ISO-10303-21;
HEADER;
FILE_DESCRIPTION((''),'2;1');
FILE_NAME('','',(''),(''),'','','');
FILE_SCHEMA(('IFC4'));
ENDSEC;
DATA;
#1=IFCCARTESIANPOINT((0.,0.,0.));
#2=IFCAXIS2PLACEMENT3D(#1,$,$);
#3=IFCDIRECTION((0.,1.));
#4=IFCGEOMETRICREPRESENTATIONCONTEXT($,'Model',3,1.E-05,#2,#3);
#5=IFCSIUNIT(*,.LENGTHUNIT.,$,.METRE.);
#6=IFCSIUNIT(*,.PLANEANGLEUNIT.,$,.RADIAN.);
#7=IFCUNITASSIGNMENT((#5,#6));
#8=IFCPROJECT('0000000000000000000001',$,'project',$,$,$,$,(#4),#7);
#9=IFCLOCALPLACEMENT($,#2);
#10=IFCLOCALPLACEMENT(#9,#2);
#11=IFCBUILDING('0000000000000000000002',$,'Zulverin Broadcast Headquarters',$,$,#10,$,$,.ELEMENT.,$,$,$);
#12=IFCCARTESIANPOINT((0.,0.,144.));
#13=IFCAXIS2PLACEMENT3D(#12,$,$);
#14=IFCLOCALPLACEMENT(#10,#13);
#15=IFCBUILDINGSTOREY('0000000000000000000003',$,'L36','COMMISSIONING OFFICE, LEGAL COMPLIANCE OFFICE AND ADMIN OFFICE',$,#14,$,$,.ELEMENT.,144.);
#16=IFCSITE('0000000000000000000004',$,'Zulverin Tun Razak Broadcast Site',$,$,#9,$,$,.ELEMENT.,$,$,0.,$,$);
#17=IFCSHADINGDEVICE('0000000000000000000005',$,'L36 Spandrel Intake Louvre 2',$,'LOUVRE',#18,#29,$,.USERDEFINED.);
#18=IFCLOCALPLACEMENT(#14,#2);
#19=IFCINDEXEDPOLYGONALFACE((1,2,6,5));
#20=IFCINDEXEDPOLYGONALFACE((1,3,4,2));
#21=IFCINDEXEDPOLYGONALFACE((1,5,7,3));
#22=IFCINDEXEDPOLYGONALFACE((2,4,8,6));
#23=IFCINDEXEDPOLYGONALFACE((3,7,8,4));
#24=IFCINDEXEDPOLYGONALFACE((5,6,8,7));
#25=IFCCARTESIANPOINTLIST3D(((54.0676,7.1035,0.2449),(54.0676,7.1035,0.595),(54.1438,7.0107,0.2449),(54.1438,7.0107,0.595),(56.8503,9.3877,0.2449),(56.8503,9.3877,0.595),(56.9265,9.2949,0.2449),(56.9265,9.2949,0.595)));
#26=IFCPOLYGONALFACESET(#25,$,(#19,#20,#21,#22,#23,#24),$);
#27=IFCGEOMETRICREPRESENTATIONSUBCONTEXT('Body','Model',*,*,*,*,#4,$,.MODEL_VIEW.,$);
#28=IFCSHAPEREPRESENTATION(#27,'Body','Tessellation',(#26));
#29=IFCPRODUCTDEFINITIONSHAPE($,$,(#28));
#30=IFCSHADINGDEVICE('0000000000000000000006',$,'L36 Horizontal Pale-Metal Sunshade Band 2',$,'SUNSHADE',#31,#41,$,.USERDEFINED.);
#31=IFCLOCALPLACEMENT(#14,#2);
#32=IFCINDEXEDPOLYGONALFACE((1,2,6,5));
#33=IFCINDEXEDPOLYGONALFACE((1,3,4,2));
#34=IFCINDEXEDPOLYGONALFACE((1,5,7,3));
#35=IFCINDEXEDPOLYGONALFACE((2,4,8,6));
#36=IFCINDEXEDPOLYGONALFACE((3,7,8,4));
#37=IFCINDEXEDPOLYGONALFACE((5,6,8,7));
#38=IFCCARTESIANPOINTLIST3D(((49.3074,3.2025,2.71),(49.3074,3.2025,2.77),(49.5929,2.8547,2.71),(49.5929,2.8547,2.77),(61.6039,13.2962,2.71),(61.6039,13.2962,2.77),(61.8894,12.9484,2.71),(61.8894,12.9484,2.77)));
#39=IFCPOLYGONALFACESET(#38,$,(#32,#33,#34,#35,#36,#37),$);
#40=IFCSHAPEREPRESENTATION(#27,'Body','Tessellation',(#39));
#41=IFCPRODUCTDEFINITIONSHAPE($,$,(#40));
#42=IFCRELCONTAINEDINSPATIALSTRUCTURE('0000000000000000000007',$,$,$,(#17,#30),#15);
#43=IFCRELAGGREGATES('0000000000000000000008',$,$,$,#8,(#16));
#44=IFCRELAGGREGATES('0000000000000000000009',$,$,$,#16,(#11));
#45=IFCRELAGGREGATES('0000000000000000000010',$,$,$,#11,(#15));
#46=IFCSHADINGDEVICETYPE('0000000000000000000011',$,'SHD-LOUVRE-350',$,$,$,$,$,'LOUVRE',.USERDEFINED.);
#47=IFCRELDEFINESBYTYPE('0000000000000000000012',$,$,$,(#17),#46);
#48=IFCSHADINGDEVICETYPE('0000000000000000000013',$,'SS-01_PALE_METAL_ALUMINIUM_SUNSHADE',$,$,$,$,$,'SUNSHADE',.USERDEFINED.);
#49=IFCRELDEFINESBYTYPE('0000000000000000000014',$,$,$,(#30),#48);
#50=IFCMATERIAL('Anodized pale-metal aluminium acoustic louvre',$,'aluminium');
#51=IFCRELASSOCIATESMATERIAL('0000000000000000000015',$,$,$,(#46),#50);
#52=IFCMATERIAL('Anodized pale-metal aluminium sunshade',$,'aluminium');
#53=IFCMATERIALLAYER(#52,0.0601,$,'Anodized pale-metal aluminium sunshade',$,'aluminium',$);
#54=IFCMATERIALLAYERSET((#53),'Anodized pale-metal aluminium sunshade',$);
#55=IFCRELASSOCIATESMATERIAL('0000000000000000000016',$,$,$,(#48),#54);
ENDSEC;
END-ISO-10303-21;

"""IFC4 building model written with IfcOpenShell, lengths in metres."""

from ifc_helpers import new_model, si_unit, direction, frame, origin, origin_2d, place, context, subcontext, project, spatial, rectangle, extrude, material, layer, layer_set, type_object, element, save


model = new_model("IFC4")

# Units and contexts
model_context = context("Model", 3, precision=1e-05, world=origin(), true_north=direction((0.0, 1.0)))
body_context = subcontext(model_context, "Body", "Model", "MODEL_VIEW")
ifc_project = project(units=[si_unit("LENGTHUNIT", "METRE"), si_unit("PLANEANGLEUNIT", "RADIAN")], contexts=[model_context])

# Site, building, storey
site_placement = place(None, origin())
site = spatial("IfcSite", under=ifc_project, at=site_placement, Name="Zulverin Tun Razak Broadcast Site", CompositionType="ELEMENT", RefElevation=0.0)
building_placement = place(site_placement, origin())
building = spatial("IfcBuilding", under=site, at=building_placement, Name="Zulverin Broadcast Headquarters", CompositionType="ELEMENT")
storey_placement = place(building_placement, frame((0.0, 0.0, 144.0)))
storey = spatial("IfcBuildingStorey", under=building, at=storey_placement, Name="L36", Description="COMMISSIONING OFFICE, LEGAL COMPLIANCE OFFICE AND ADMIN OFFICE", CompositionType="ELEMENT", Elevation=144.0)

# Shading devices
ifc_material_1 = material(Name="Anodized pale-metal aluminium acoustic louvre", Category="aluminium")
shading_device_type_1 = type_object("IfcShadingDeviceType", Name="SHD-LOUVRE-350", ElementType="LOUVRE", PredefinedType="USERDEFINED", material=ifc_material_1)
shading_device_1_placement = place(storey_placement, frame((55.4971, 8.1992, 0.2449), z_axis=(0.0, 0.0, 1.0), x_axis=(0.77294, 0.63448, 0.0)))
element("IfcShadingDevice", 1, at=shading_device_1_placement, inside=storey, type_object=shading_device_type_1, Name="L36 Spandrel Intake Louvre 2", ObjectType="LOUVRE", PredefinedType="USERDEFINED", context=body_context, shape_type="SweptSolid", body=[
    extrude(rectangle(XDim=3.6001, YDim=0.1201, at=origin_2d()), origin(), (0.0, 0.0, 1.0), 0.3501),
])
ifc_material_2 = material(Name="Anodized pale-metal aluminium sunshade", Category="aluminium")
ifc_layer_1 = layer(ifc_material_2, 0.0601, Name="Anodized pale-metal aluminium sunshade", Category="aluminium")
ifc_layer_set_1 = layer_set([ifc_layer_1], Name="Anodized pale-metal aluminium sunshade")
shading_device_type_2 = type_object("IfcShadingDeviceType", Name="SS-01_PALE_METAL_ALUMINIUM_SUNSHADE", ElementType="SUNSHADE", PredefinedType="USERDEFINED", material=ifc_layer_set_1)
shading_device_2_placement = place(storey_placement, frame((55.5984, 8.0754, 2.71), z_axis=(0.0, 0.0, 1.0), x_axis=(0.77294, 0.63448, 0.0)))
element("IfcShadingDevice", 2, at=shading_device_2_placement, inside=storey, type_object=shading_device_type_2, Name="L36 Horizontal Pale-Metal Sunshade Band 2", ObjectType="SUNSHADE", PredefinedType="USERDEFINED", context=body_context, shape_type="SweptSolid", body=[
    extrude(rectangle(XDim=15.9087, YDim=0.45, at=origin_2d()), origin(), (0.0, 0.0, 1.0), 0.0601),
])

save(model, "model.ifc")
